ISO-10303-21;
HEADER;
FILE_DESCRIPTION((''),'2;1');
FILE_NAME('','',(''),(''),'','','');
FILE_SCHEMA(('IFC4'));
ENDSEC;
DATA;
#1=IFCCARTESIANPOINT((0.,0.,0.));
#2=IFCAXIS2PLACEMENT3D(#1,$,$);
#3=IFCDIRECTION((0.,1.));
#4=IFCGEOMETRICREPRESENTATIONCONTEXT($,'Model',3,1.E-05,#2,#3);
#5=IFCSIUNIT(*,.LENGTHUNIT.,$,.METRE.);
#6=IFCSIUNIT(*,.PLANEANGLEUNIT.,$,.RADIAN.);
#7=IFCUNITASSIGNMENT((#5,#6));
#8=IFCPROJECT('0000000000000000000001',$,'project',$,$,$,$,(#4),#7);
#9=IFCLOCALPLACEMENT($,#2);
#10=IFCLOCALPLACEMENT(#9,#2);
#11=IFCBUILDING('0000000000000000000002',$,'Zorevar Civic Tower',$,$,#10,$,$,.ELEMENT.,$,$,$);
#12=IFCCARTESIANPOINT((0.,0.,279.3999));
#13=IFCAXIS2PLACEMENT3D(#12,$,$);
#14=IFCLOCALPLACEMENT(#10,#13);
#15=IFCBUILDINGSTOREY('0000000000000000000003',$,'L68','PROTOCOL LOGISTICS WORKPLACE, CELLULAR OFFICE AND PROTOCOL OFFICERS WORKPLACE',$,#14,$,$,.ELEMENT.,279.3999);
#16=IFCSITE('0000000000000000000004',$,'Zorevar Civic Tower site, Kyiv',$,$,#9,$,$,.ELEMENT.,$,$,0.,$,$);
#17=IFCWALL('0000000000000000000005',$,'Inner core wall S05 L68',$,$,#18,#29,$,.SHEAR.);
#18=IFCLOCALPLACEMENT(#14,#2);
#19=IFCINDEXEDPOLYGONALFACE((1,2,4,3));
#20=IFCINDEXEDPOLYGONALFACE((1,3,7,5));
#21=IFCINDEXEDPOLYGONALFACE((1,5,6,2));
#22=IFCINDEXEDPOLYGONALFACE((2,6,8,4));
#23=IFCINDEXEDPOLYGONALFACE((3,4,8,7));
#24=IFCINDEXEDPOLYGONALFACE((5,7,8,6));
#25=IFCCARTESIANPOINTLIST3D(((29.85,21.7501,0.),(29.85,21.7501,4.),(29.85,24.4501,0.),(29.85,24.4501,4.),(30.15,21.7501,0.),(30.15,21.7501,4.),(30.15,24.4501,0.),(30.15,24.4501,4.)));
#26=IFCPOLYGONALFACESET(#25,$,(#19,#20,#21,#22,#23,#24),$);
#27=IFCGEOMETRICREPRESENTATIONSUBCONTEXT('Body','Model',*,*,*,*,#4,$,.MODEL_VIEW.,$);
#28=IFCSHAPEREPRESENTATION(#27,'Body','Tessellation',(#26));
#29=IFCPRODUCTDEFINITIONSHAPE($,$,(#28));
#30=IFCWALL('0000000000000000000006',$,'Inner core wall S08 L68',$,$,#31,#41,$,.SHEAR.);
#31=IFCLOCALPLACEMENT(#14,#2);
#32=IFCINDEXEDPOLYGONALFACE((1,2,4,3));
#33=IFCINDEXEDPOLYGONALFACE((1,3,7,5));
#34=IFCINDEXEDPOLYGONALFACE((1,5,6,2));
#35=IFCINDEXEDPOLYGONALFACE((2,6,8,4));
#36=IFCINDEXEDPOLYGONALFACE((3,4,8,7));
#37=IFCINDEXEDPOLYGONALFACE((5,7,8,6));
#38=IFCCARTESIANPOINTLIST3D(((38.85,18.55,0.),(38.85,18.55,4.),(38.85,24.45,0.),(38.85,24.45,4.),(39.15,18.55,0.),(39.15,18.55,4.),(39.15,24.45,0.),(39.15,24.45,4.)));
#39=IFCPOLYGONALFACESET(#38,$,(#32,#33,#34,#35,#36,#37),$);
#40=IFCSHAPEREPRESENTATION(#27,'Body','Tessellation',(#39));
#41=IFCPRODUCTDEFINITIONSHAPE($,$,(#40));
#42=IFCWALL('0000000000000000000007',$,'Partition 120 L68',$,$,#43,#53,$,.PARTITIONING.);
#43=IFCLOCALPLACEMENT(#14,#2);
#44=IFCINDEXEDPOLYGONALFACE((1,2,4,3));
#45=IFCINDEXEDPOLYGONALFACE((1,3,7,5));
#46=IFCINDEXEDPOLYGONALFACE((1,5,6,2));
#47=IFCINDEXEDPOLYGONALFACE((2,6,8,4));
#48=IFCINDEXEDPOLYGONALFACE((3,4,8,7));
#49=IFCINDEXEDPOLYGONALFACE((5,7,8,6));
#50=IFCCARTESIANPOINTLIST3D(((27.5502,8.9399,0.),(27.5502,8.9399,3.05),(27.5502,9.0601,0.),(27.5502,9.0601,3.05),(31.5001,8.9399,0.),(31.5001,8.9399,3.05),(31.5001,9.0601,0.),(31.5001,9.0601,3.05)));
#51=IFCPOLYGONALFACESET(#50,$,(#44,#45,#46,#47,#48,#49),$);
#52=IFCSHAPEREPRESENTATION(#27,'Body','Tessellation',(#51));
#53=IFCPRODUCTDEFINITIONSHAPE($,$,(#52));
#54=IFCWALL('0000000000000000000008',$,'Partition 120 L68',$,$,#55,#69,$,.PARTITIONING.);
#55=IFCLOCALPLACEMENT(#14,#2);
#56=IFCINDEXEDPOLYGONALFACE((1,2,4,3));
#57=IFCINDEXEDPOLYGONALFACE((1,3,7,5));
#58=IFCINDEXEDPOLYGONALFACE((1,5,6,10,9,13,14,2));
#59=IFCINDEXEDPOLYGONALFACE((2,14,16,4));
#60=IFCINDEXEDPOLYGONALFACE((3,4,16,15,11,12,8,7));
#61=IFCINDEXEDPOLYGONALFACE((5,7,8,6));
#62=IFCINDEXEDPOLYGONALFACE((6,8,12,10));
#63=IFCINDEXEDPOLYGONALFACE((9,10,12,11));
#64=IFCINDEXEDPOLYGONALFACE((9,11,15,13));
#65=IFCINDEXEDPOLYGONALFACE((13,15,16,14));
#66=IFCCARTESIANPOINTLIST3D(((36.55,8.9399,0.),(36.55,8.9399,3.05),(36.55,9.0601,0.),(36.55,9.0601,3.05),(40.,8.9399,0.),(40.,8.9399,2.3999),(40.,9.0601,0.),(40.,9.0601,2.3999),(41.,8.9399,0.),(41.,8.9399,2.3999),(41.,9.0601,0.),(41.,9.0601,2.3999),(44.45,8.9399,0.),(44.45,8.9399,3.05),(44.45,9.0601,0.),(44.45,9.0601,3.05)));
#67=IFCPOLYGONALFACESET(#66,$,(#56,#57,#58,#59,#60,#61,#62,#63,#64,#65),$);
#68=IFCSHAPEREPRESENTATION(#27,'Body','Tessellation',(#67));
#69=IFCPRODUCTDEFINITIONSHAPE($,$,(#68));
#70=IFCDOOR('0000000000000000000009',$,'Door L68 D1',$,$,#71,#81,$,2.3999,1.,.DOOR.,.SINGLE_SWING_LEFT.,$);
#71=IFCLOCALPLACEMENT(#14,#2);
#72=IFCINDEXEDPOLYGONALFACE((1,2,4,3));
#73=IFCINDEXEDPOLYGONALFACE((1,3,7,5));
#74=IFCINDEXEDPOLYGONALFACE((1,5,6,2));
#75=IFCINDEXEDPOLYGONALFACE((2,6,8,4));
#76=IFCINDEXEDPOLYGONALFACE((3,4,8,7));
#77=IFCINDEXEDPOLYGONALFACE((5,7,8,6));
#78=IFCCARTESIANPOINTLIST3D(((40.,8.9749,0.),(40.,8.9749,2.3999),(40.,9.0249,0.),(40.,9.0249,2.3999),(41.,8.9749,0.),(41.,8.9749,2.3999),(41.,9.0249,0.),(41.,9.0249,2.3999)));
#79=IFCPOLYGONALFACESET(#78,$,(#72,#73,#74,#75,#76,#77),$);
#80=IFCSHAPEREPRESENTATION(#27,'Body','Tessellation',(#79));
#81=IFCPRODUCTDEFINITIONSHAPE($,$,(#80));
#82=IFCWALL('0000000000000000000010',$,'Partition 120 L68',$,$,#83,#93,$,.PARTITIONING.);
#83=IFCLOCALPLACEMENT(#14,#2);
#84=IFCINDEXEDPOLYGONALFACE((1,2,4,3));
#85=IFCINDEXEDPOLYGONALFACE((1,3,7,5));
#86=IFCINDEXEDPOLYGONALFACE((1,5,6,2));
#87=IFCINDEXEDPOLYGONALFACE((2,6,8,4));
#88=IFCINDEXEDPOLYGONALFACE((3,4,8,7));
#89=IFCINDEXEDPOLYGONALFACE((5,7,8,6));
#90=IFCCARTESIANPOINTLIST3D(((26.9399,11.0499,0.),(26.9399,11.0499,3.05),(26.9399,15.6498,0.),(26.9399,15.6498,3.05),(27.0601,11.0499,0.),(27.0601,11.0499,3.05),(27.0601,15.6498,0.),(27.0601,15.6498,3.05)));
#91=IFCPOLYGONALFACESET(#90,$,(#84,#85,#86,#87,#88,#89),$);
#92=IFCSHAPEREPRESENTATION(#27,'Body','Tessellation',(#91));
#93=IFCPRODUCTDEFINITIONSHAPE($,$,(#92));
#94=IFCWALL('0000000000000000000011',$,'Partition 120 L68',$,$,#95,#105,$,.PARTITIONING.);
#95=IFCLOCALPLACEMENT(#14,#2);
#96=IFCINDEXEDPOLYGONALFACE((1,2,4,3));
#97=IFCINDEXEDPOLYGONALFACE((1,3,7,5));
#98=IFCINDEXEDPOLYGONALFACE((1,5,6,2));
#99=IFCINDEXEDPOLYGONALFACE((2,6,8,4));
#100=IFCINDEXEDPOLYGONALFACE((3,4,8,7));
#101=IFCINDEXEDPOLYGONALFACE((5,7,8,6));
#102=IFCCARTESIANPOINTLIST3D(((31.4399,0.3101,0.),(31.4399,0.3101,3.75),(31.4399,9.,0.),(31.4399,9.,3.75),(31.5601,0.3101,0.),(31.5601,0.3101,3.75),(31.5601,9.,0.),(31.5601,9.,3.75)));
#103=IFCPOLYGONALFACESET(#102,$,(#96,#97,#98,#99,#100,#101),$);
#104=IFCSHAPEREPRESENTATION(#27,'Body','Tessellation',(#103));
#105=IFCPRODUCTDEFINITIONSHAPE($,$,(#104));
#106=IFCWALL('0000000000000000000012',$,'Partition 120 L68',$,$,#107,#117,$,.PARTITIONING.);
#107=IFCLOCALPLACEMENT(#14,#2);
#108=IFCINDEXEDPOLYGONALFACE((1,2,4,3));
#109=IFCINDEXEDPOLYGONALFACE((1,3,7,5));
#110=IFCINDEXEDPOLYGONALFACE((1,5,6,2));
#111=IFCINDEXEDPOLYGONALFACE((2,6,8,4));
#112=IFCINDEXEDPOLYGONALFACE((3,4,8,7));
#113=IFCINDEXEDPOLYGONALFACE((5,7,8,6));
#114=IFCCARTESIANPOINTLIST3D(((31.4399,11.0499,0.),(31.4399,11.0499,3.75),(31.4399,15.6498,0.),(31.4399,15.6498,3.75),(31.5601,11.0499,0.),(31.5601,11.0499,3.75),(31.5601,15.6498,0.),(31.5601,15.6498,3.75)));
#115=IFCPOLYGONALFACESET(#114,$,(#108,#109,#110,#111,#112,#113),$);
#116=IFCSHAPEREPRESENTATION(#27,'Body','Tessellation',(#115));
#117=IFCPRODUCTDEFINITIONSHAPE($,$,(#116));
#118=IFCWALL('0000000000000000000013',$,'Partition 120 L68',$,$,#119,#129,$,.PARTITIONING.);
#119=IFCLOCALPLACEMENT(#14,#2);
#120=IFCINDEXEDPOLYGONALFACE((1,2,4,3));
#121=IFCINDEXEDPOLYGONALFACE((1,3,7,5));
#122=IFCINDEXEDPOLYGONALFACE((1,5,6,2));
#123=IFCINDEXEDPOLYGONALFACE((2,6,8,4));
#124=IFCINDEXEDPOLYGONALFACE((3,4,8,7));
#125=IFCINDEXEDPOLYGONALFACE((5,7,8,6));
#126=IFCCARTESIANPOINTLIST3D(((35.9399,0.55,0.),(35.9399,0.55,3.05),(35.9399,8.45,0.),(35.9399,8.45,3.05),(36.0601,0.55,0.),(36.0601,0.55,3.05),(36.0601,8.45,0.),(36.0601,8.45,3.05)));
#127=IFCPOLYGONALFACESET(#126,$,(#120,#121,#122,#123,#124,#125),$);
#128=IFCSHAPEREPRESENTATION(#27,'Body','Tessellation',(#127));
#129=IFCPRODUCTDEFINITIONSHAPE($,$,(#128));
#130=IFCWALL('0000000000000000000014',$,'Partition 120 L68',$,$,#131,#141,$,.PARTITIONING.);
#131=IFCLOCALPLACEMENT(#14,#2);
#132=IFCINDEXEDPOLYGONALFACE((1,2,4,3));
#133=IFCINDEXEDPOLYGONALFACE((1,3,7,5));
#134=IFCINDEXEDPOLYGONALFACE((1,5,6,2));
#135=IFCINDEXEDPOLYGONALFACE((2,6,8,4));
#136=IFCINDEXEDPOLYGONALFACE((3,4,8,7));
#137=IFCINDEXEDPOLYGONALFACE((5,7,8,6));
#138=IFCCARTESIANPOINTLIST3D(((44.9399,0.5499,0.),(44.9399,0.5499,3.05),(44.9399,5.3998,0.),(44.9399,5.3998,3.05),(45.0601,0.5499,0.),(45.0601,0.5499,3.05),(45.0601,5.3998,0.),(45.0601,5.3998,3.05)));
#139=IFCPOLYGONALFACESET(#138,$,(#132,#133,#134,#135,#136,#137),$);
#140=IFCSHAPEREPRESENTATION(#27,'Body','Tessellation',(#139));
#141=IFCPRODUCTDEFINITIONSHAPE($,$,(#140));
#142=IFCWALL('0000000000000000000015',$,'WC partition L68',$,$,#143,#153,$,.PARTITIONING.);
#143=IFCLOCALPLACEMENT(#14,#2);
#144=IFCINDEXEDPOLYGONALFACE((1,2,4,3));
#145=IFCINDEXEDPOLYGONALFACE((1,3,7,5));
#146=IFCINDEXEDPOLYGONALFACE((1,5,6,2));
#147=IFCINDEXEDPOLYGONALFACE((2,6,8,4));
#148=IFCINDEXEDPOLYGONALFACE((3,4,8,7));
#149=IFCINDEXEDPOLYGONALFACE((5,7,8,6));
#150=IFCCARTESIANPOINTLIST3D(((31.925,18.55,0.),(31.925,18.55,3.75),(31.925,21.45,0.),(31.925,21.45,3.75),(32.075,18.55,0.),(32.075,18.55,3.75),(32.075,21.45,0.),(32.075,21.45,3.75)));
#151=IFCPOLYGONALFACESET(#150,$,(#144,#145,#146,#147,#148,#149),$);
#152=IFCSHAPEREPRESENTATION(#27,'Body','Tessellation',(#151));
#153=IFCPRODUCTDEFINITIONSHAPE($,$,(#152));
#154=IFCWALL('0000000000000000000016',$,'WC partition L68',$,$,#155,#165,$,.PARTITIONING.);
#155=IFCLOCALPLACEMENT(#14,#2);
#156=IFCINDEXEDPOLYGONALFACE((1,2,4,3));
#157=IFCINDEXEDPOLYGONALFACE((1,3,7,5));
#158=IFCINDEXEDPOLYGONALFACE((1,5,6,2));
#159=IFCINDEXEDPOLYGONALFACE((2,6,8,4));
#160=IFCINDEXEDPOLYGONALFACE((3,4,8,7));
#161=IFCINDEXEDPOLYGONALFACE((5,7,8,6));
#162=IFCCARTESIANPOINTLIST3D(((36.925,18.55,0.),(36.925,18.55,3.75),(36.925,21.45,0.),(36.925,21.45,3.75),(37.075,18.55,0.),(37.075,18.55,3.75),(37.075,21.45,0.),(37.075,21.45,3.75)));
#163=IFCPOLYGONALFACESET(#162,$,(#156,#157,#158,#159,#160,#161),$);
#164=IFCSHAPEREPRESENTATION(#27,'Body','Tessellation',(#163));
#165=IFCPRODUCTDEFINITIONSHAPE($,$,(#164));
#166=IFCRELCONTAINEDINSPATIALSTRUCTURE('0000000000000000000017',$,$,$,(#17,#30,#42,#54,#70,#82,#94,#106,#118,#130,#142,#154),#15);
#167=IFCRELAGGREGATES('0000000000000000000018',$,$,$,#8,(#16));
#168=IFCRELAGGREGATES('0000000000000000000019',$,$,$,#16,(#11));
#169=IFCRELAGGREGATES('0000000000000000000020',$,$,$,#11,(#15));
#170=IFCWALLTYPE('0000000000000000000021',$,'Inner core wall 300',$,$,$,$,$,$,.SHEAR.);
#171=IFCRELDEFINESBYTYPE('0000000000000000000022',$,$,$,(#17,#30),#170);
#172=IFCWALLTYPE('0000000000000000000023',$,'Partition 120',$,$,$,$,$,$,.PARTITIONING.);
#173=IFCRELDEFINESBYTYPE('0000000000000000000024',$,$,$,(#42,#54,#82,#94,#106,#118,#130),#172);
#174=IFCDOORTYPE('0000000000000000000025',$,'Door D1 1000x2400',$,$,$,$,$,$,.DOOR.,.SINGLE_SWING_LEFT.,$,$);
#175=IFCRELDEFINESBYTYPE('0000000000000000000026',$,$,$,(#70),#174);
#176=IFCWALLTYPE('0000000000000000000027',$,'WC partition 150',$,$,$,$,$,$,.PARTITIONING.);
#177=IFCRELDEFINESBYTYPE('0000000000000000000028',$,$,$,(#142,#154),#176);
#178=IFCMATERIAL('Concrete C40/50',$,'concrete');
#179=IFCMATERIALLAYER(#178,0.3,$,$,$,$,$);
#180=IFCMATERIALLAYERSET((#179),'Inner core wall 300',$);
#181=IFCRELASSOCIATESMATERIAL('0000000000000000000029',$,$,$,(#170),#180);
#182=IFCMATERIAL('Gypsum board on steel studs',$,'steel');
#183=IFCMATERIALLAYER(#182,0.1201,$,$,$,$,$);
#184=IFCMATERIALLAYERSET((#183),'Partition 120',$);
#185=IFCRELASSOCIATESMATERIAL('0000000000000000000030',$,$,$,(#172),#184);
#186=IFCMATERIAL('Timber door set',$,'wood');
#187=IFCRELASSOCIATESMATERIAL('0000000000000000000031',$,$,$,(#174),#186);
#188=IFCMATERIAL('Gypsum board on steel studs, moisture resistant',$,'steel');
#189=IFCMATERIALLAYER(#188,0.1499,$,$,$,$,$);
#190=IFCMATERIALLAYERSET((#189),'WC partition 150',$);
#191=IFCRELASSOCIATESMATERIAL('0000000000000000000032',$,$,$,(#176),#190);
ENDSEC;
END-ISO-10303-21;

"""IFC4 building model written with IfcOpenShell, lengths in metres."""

from ifc_helpers import new_model, si_unit, direction, frame, frame_2d, origin, place, context, subcontext, project, spatial, rectangle, extrude, material, layer, layer_set, type_object, element, fill, save


model = new_model("IFC4")

# Units and contexts
model_context = context("Model", 3, precision=1e-05, world=origin(), true_north=direction((0.0, 1.0)))
body_context = subcontext(model_context, "Body", "Model", "MODEL_VIEW")
ifc_project = project(units=[si_unit("LENGTHUNIT", "METRE"), si_unit("PLANEANGLEUNIT", "RADIAN")], contexts=[model_context])

# Site, building, storey
site_placement = place(None, origin())
site = spatial("IfcSite", under=ifc_project, at=site_placement, Name="Zorevar Civic Tower site, Kyiv", CompositionType="ELEMENT", RefElevation=0.0)
building_placement = place(site_placement, origin())
building = spatial("IfcBuilding", under=site, at=building_placement, Name="Zorevar Civic Tower", CompositionType="ELEMENT")
storey_placement = place(building_placement, frame((0.0, 0.0, 279.3999)))
storey = spatial("IfcBuildingStorey", under=building, at=storey_placement, Name="L68", Description="PROTOCOL LOGISTICS WORKPLACE, CELLULAR OFFICE AND PROTOCOL OFFICERS WORKPLACE", CompositionType="ELEMENT", Elevation=279.3999)

# Walls
ifc_material_1 = material(Name="Concrete C40/50", Category="concrete")
ifc_layer_1 = layer(ifc_material_1, 0.3)
ifc_layer_set_1 = layer_set([ifc_layer_1], Name="Inner core wall 300")
wall_type_1 = type_object("IfcWallType", Name="Inner core wall 300", PredefinedType="SHEAR", material=ifc_layer_set_1)
wall_1_placement = place(storey_placement, frame((30.0, 21.75, 0.0), z_axis=(0.0, 0.0, 1.0), x_axis=(0.0, 1.0, 0.0)))
element("IfcWall", 1, at=wall_1_placement, inside=storey, type_object=wall_type_1, Name="Inner core wall S05 L68", PredefinedType="SHEAR", context=body_context, shape_type="SweptSolid", body=[
    extrude(rectangle(XDim=2.7, YDim=0.3, at=frame_2d((1.3501, 0.0))), origin(), (0.0, 0.0, 1.0), 4.0),
])
wall_2_placement = place(storey_placement, frame((39.0, 18.55, 0.0), z_axis=(0.0, 0.0, 1.0), x_axis=(0.0, 1.0, 0.0)))
element("IfcWall", 2, at=wall_2_placement, inside=storey, type_object=wall_type_1, Name="Inner core wall S08 L68", PredefinedType="SHEAR", context=body_context, shape_type="SweptSolid", body=[
    extrude(rectangle(XDim=5.8999, YDim=0.3, at=frame_2d((2.95, 0.0))), origin(), (0.0, 0.0, 1.0), 4.0),
])
ifc_material_2 = material(Name="Gypsum board on steel studs", Category="steel")
ifc_layer_2 = layer(ifc_material_2, 0.1201)
ifc_layer_set_2 = layer_set([ifc_layer_2], Name="Partition 120")
wall_type_2 = type_object("IfcWallType", Name="Partition 120", PredefinedType="PARTITIONING", material=ifc_layer_set_2)
wall_3_placement = place(storey_placement, frame((27.55, 9.0, 0.0), z_axis=(0.0, 0.0, 1.0), x_axis=(1.0, 0.0, 0.0)))
element("IfcWall", 3, at=wall_3_placement, inside=storey, type_object=wall_type_2, Name="Partition 120 L68", PredefinedType="PARTITIONING", context=body_context, shape_type="SweptSolid", body=[
    extrude(rectangle(XDim=3.95, YDim=0.1201, at=frame_2d((1.9751, 0.0))), origin(), (0.0, 0.0, 1.0), 3.05),
])

# Wall, opening, door
wall_4_placement = place(storey_placement, frame((36.55, 9.0, 0.0), z_axis=(0.0, 0.0, 1.0), x_axis=(1.0, 0.0, 0.0)))
wall_4 = element("IfcWall", 4, at=wall_4_placement, inside=storey, type_object=wall_type_2, Name="Partition 120 L68", PredefinedType="PARTITIONING", context=body_context, shape_type="SweptSolid", body=[
    extrude(rectangle(XDim=7.8999, YDim=0.1201, at=frame_2d((3.95, 0.0))), origin(), (0.0, 0.0, 1.0), 3.05),
])
opening_placement = place(wall_4_placement, frame((3.45, 0.0, 0.0)))
opening = element("IfcOpeningElement", 5, at=opening_placement, cuts=wall_4, PredefinedType="OPENING", context=body_context, shape_type="SweptSolid", body=[
    extrude(rectangle(XDim=1.0, YDim=2.3999, at=frame_2d((0.5, 1.2))), frame((0.0, 0.0701, 0.0), z_axis=(0.0, -1.0, 0.0), x_axis=(1.0, 0.0, 0.0)), (0.0, 0.0, 1.0), 0.1401),
])
ifc_material_3 = material(Name="Timber door set", Category="wood")
door_type = type_object("IfcDoorType", Name="Door D1 1000x2400", OperationType="SINGLE_SWING_LEFT", PredefinedType="DOOR", material=ifc_material_3)
door_placement = place(opening_placement, origin())
door = element("IfcDoor", 6, at=door_placement, inside=storey, type_object=door_type, Name="Door L68 D1", OperationType="SINGLE_SWING_LEFT", OverallHeight=2.3999, OverallWidth=1.0, PredefinedType="DOOR", context=body_context, shape_type="SweptSolid", body=[
    extrude(rectangle(XDim=1.0, YDim=2.3999, at=frame_2d((0.5, 1.2))), frame((0.0, 0.0249, 0.0), z_axis=(0.0, -1.0, 0.0), x_axis=(1.0, 0.0, 0.0)), (0.0, 0.0, 1.0), 0.05),
])
fill(opening, door)

# Walls
wall_5_placement = place(storey_placement, frame((27.0, 11.05, 0.0), z_axis=(0.0, 0.0, 1.0), x_axis=(0.0, 1.0, 0.0)))
element("IfcWall", 7, at=wall_5_placement, inside=storey, type_object=wall_type_2, Name="Partition 120 L68", PredefinedType="PARTITIONING", context=body_context, shape_type="SweptSolid", body=[
    extrude(rectangle(XDim=4.5999, YDim=0.1201, at=frame_2d((2.2998, 0.0))), origin(), (0.0, 0.0, 1.0), 3.05),
])
wall_6_placement = place(storey_placement, frame((31.5, 0.3101, 0.0), z_axis=(0.0, 0.0, 1.0), x_axis=(0.0, 1.0, 0.0)))
element("IfcWall", 8, at=wall_6_placement, inside=storey, type_object=wall_type_2, Name="Partition 120 L68", PredefinedType="PARTITIONING", context=body_context, shape_type="SweptSolid", body=[
    extrude(rectangle(XDim=8.6899, YDim=0.1201, at=frame_2d((4.345, 0.0))), origin(), (0.0, 0.0, 1.0), 3.75),
])
wall_7_placement = place(storey_placement, frame((31.5, 11.05, 0.0), z_axis=(0.0, 0.0, 1.0), x_axis=(0.0, 1.0, 0.0)))
element("IfcWall", 9, at=wall_7_placement, inside=storey, type_object=wall_type_2, Name="Partition 120 L68", PredefinedType="PARTITIONING", context=body_context, shape_type="SweptSolid", body=[
    extrude(rectangle(XDim=4.5999, YDim=0.1201, at=frame_2d((2.2998, 0.0))), origin(), (0.0, 0.0, 1.0), 3.75),
])
wall_8_placement = place(storey_placement, frame((36.0, 0.55, 0.0), z_axis=(0.0, 0.0, 1.0), x_axis=(0.0, 1.0, 0.0)))
element("IfcWall", 10, at=wall_8_placement, inside=storey, type_object=wall_type_2, Name="Partition 120 L68", PredefinedType="PARTITIONING", context=body_context, shape_type="SweptSolid", body=[
    extrude(rectangle(XDim=7.8999, YDim=0.1201, at=frame_2d((3.95, 0.0))), origin(), (0.0, 0.0, 1.0), 3.05),
])
wall_9_placement = place(storey_placement, frame((45.0, 0.55, 0.0), z_axis=(0.0, 0.0, 1.0), x_axis=(0.0, 1.0, 0.0)))
element("IfcWall", 11, at=wall_9_placement, inside=storey, type_object=wall_type_2, Name="Partition 120 L68", PredefinedType="PARTITIONING", context=body_context, shape_type="SweptSolid", body=[
    extrude(rectangle(XDim=4.8499, YDim=0.1201, at=frame_2d((2.4248, 0.0))), origin(), (0.0, 0.0, 1.0), 3.05),
])
ifc_material_4 = material(Name="Gypsum board on steel studs, moisture resistant", Category="steel")
ifc_layer_3 = layer(ifc_material_4, 0.1499)
ifc_layer_set_3 = layer_set([ifc_layer_3], Name="WC partition 150")
wall_type_3 = type_object("IfcWallType", Name="WC partition 150", PredefinedType="PARTITIONING", material=ifc_layer_set_3)
for number, where, z_axis, x_axis, name in (
    (12, (32.0, 18.55, 0.0), (0.0, 0.0, 1.0), (0.0, 1.0, 0.0), "WC partition L68"),
    (13, (37.0, 18.55, 0.0), (0.0, 0.0, 1.0), (0.0, 1.0, 0.0), "WC partition L68"),
):
    element("IfcWall", number, at=place(storey_placement, frame(where, z_axis=z_axis, x_axis=x_axis)), inside=storey, type_object=wall_type_3, Name=name, PredefinedType="PARTITIONING", context=body_context, shape_type="SweptSolid", body=[
        extrude(rectangle(XDim=2.8999, YDim=0.1499, at=frame_2d((1.45, 0.0))), origin(), (0.0, 0.0, 1.0), 3.75),
    ])

save(model, "model.ifc")
